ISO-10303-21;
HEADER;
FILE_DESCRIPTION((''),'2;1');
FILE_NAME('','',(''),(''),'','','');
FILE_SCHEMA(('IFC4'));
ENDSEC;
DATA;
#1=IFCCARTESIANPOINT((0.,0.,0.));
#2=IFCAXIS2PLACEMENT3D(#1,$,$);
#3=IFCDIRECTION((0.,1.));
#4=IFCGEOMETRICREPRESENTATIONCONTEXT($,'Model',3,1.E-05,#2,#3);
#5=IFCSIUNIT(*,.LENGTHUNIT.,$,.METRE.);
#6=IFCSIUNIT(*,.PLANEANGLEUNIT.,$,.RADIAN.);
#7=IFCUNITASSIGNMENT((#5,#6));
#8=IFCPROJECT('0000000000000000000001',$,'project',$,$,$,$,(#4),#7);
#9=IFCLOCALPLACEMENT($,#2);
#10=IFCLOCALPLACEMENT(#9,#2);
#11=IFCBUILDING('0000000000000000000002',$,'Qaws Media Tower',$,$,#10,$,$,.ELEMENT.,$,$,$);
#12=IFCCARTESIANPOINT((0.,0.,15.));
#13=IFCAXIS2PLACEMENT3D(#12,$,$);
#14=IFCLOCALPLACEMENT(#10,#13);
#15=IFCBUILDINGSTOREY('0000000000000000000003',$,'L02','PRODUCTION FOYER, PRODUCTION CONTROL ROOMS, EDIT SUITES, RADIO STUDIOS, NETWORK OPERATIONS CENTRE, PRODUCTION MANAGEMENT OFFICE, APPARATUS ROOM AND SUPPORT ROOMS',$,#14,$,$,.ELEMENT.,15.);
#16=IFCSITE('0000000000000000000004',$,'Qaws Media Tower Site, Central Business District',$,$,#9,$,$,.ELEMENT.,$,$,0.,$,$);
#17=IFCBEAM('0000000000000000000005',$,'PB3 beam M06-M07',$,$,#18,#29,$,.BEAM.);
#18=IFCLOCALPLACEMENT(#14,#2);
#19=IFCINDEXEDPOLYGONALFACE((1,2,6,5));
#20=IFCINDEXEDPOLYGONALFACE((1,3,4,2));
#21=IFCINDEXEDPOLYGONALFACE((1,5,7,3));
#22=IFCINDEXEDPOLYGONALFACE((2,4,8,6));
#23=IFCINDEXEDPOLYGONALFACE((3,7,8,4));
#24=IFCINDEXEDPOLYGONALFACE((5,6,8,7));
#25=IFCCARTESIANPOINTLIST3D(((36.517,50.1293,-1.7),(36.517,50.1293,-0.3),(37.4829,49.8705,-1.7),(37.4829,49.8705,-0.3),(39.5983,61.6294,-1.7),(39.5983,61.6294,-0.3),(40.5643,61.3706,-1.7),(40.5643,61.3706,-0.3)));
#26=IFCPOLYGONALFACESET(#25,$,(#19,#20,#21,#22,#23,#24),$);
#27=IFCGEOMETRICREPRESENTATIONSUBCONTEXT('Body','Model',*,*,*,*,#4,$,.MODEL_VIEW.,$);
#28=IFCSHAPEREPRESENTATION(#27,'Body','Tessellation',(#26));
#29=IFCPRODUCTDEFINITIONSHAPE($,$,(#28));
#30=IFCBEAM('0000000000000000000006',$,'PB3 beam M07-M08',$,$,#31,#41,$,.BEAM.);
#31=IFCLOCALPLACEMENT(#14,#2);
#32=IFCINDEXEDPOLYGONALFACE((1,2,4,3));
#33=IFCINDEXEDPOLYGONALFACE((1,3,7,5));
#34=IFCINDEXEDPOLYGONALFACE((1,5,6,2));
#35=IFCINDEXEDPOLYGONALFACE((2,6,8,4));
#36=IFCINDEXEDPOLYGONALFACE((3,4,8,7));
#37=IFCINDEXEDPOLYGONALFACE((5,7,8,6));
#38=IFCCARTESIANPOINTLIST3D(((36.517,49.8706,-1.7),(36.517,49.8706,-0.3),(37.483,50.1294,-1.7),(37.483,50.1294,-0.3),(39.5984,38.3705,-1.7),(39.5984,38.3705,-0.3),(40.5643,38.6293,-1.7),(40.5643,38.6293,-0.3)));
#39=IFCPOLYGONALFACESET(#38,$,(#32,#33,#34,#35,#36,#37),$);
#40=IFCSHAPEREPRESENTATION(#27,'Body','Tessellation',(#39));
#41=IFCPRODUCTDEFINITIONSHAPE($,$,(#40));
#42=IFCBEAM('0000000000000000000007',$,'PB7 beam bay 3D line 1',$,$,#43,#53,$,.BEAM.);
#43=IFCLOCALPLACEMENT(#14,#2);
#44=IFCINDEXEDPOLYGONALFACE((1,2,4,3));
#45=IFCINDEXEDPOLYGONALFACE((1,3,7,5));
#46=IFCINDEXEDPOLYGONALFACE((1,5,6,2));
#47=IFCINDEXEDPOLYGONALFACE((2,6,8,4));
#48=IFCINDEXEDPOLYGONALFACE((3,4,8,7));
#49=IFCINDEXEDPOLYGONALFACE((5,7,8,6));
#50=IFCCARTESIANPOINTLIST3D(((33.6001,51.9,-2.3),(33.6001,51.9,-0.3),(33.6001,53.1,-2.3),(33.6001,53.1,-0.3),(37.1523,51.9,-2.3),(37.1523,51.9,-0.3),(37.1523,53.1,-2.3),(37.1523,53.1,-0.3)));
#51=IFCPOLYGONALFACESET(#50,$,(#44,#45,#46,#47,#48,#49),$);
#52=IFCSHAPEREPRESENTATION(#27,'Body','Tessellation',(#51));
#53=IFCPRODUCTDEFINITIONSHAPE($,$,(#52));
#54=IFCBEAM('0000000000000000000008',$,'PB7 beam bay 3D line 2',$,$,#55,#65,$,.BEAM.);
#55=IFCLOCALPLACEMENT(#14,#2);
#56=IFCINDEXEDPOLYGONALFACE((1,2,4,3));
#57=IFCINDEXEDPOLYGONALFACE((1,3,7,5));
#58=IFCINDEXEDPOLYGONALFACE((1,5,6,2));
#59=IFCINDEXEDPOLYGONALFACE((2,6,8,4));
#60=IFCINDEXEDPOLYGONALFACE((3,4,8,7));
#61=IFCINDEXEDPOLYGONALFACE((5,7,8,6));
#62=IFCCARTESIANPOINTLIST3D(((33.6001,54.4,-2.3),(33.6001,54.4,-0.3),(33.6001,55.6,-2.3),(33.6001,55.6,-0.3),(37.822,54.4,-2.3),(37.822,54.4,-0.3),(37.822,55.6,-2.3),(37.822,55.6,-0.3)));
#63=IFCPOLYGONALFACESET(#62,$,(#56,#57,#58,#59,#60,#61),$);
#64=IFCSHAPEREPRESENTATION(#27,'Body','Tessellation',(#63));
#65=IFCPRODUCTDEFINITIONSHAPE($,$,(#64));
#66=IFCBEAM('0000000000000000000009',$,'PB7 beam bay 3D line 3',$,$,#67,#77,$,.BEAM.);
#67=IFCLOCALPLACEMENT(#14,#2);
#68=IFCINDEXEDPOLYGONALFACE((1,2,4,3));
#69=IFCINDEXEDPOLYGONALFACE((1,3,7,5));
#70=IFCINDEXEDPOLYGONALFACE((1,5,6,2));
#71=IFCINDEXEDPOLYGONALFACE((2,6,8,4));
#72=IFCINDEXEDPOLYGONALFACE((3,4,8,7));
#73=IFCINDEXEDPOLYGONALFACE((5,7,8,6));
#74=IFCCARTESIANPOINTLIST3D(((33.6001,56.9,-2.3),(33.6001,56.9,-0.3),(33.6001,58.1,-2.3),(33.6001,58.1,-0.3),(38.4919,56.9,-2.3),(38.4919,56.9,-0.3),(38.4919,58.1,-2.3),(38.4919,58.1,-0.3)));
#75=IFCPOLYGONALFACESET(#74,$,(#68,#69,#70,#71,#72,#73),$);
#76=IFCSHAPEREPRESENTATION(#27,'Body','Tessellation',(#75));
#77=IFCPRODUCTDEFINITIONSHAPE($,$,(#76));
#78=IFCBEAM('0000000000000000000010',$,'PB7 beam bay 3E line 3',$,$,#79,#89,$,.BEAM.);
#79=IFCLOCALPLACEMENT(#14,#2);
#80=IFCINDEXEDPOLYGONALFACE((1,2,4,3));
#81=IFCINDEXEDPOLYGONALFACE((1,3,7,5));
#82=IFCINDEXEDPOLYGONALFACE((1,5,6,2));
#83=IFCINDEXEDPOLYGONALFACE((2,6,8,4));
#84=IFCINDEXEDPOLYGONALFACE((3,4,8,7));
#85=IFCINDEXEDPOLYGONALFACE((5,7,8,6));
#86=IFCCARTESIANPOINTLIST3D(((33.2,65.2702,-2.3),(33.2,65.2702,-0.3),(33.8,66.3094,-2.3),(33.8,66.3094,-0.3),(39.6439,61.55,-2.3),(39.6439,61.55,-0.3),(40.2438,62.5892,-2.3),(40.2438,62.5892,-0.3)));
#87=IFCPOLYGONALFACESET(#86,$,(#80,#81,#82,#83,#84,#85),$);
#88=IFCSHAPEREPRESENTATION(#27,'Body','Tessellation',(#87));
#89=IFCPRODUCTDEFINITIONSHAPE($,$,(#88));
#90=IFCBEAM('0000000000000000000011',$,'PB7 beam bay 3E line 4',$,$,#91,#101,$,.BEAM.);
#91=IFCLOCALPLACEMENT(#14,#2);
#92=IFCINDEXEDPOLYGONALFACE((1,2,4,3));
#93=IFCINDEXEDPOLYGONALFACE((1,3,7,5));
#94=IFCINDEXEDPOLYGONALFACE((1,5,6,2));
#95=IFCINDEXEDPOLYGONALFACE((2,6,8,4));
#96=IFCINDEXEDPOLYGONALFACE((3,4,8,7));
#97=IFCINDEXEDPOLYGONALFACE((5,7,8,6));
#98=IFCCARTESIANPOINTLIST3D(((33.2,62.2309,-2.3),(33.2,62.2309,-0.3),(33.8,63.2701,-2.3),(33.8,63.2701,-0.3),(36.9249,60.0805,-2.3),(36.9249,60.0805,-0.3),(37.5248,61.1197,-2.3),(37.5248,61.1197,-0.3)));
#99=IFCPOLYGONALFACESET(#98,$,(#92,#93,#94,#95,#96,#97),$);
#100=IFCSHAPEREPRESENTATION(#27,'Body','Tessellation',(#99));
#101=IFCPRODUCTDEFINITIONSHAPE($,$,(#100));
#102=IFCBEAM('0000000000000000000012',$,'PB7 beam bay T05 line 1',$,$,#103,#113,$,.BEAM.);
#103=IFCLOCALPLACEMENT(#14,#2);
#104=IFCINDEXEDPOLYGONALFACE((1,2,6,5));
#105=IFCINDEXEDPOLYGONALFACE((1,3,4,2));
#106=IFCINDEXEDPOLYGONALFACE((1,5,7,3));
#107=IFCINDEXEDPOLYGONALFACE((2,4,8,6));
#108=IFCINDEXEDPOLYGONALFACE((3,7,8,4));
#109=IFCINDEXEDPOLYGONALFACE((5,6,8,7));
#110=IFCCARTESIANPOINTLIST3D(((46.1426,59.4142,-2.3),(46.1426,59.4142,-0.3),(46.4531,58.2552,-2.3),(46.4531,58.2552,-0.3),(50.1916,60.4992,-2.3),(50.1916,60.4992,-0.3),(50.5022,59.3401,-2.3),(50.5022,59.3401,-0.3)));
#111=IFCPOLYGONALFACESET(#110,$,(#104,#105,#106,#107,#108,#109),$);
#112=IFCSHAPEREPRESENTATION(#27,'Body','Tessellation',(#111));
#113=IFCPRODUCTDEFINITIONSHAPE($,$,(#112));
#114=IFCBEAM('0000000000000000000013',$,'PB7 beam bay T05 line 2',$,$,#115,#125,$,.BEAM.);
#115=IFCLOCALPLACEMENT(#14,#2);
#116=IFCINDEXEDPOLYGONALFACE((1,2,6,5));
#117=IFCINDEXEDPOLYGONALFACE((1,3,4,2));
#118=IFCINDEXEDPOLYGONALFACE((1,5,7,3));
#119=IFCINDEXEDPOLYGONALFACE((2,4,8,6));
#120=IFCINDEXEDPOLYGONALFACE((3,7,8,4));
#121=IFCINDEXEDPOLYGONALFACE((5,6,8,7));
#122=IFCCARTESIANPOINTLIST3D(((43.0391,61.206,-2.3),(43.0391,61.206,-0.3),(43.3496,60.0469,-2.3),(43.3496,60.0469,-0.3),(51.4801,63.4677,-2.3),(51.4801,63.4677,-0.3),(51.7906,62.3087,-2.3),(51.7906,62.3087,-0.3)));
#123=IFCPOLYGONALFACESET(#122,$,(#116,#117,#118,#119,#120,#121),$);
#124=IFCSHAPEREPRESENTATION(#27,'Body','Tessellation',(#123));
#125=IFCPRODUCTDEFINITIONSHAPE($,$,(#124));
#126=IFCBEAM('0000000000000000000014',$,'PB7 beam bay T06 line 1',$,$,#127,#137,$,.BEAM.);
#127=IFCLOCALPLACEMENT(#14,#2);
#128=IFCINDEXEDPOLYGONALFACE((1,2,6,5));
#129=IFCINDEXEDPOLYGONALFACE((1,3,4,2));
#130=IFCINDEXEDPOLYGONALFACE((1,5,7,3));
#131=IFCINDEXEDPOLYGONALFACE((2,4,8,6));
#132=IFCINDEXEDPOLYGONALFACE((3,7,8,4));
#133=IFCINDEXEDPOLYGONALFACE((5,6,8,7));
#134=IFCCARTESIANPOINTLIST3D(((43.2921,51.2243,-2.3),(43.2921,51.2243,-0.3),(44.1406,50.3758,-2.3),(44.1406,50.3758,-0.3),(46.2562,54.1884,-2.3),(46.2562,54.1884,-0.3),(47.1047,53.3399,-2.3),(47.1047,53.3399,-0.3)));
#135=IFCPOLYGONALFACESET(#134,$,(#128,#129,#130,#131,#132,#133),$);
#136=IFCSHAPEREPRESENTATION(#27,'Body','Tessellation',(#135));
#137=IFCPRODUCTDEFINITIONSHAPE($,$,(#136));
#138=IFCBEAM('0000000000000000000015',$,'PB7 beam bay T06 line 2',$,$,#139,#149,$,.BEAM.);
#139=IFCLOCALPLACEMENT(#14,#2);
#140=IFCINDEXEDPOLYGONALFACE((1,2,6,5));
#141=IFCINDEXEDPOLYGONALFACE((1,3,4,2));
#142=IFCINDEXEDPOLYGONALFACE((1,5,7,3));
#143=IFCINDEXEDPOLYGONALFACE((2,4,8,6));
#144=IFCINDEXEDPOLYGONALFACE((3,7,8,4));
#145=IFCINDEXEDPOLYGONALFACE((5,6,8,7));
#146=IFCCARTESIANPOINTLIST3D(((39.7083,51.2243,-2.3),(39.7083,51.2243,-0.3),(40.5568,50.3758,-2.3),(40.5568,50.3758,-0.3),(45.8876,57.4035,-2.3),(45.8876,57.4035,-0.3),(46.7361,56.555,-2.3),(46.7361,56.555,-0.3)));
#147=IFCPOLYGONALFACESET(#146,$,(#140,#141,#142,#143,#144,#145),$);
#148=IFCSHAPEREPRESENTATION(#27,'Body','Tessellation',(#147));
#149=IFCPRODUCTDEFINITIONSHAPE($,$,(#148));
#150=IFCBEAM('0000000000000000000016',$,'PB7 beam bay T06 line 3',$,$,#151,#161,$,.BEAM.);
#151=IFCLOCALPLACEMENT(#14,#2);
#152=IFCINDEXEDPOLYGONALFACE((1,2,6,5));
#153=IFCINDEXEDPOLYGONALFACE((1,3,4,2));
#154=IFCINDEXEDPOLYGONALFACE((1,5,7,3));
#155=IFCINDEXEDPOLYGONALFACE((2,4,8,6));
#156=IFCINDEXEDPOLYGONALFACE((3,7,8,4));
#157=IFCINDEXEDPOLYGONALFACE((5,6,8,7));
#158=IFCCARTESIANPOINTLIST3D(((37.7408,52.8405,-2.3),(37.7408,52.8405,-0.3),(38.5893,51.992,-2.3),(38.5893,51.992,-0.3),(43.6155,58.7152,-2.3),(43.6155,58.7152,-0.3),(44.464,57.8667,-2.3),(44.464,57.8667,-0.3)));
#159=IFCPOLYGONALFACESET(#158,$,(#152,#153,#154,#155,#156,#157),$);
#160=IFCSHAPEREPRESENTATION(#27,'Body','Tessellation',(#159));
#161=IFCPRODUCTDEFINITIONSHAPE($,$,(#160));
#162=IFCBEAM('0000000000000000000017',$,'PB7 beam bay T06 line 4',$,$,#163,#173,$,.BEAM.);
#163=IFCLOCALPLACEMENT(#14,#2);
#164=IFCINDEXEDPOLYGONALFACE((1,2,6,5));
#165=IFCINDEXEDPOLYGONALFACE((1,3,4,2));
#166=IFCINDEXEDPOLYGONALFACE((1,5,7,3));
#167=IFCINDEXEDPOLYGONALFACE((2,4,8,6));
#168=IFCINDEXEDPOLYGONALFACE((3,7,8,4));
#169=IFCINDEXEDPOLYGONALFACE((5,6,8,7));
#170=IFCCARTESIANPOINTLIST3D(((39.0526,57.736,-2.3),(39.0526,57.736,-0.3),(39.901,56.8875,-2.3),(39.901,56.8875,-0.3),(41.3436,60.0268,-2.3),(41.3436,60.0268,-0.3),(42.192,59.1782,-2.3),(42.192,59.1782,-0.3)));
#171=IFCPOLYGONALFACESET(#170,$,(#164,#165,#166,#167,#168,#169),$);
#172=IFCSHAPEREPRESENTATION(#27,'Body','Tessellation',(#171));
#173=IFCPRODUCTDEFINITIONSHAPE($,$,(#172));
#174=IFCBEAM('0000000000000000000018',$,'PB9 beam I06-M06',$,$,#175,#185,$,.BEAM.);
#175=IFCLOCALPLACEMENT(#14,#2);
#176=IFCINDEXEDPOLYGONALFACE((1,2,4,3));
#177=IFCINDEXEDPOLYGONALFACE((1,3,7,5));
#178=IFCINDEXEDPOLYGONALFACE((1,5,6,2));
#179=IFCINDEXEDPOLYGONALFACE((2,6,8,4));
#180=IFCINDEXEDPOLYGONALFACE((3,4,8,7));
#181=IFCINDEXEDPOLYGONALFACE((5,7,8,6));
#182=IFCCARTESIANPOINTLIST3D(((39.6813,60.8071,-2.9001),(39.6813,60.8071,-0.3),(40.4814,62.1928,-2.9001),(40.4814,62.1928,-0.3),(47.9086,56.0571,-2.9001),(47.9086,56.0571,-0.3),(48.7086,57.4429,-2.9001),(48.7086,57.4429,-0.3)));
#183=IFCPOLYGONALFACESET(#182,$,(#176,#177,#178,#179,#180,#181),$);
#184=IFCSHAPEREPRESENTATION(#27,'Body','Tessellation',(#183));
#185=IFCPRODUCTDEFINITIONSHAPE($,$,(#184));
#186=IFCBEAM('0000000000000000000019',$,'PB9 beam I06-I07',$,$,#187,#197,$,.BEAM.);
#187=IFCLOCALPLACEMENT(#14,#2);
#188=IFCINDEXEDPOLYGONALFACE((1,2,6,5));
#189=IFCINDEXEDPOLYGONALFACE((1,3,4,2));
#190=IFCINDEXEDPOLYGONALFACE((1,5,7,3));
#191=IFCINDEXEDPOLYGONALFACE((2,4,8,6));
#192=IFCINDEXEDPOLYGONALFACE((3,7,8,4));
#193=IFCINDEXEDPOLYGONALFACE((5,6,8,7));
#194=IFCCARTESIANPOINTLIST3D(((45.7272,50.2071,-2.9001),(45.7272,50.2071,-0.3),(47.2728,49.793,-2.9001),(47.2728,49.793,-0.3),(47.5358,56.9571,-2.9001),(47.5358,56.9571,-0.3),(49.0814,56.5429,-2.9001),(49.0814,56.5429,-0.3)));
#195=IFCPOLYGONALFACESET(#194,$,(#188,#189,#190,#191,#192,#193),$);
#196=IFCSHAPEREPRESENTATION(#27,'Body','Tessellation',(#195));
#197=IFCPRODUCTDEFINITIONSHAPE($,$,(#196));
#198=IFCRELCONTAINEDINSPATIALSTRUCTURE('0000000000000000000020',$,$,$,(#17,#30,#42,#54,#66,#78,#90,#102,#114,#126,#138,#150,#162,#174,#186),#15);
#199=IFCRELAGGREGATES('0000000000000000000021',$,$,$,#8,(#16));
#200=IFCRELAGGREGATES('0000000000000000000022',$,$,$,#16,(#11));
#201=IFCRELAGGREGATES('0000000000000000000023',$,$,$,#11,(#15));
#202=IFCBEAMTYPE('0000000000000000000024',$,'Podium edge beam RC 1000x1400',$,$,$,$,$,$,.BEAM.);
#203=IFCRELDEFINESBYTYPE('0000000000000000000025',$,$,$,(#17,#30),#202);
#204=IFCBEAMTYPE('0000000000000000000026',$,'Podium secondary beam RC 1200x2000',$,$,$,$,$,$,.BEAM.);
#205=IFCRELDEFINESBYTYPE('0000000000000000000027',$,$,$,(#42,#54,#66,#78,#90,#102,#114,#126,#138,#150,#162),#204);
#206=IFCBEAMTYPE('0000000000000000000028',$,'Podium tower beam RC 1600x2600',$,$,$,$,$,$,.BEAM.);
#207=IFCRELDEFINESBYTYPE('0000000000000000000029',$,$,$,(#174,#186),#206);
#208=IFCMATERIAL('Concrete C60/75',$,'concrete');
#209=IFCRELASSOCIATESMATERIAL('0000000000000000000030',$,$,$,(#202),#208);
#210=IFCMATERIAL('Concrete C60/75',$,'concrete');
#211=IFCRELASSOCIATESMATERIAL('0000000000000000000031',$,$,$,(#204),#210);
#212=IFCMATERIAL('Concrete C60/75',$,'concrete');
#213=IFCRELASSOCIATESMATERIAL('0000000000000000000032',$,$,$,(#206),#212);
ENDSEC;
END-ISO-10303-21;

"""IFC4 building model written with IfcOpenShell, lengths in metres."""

from ifc_helpers import new_model, si_unit, direction, frame, origin, origin_2d, place, context, subcontext, project, spatial, rectangle, extrude, material, material_profile, profile_set, type_object, element, save


model = new_model("IFC4")

# Units and contexts
model_context = context("Model", 3, precision=1e-05, world=origin(), true_north=direction((0.0, 1.0)))
body_context = subcontext(model_context, "Body", "Model", "MODEL_VIEW")
ifc_project = project(units=[si_unit("LENGTHUNIT", "METRE"), si_unit("PLANEANGLEUNIT", "RADIAN")], contexts=[model_context])

# Site, building, storey
site_placement = place(None, origin())
site = spatial("IfcSite", under=ifc_project, at=site_placement, Name="Qaws Media Tower Site, Central Business District", CompositionType="ELEMENT", RefElevation=0.0)
building_placement = place(site_placement, origin())
building = spatial("IfcBuilding", under=site, at=building_placement, Name="Qaws Media Tower", CompositionType="ELEMENT")
storey_placement = place(building_placement, frame((0.0, 0.0, 15.0)))
storey = spatial("IfcBuildingStorey", under=building, at=storey_placement, Name="L02", Description="PRODUCTION FOYER, PRODUCTION CONTROL ROOMS, EDIT SUITES, RADIO STUDIOS, NETWORK OPERATIONS CENTRE, PRODUCTION MANAGEMENT OFFICE, APPARATUS ROOM AND SUPPORT ROOMS", CompositionType="ELEMENT", Elevation=15.0)

# Beams
ifc_material_1 = material(Name="Concrete C60/75", Category="concrete")
ifc_material_profile_1 = material_profile(ifc_material_1, rectangle(XDim=1.0, YDim=1.3999, at=origin_2d()), Name="RC 1000x1400")
ifc_profile_set_1 = profile_set([ifc_material_profile_1], Name="Concrete C60/75")
beam_type_1 = type_object("IfcBeamType", Name="Podium edge beam RC 1000x1400", PredefinedType="BEAM", material=ifc_profile_set_1)
for number, where, z_axis, x_axis, name in (
    (1, (40.0813, 61.5, -1.0), (-0.25881, -0.965928, 0.0), (0.965928, -0.25881, 0.0), "PB3 beam M06-M07"),
    (2, (37.0, 50.0, -1.0), (0.25881, -0.965928, 0.0), (0.965928, 0.25881, 0.0), "PB3 beam M07-M08"),
):
    element("IfcBeam", number, at=place(storey_placement, frame(where, z_axis=z_axis, x_axis=x_axis)), inside=storey, type_object=beam_type_1, Name=name, PredefinedType="BEAM", context=body_context, shape_type="SweptSolid", body=[
        extrude(rectangle(XDim=1.0, YDim=1.3999, at=origin_2d()), origin(), (0.0, 0.0, 1.0), 11.9058),
    ])
ifc_material_2 = material(Name="Concrete C60/75", Category="concrete")
ifc_material_profile_2 = material_profile(ifc_material_2, rectangle(XDim=1.2, YDim=2.0, at=origin_2d()), Name="RC 1200x2000")
ifc_profile_set_2 = profile_set([ifc_material_profile_2], Name="Concrete C60/75")
beam_type_2 = type_object("IfcBeamType", Name="Podium secondary beam RC 1200x2000", PredefinedType="BEAM", material=ifc_profile_set_2)
beam_1_placement = place(storey_placement, frame((33.6001, 52.5, -1.3), z_axis=(1.0, 0.0, 0.0), x_axis=(0.0, 1.0, 0.0)))
element("IfcBeam", 3, at=beam_1_placement, inside=storey, type_object=beam_type_2, Name="PB7 beam bay 3D line 1", PredefinedType="BEAM", context=body_context, shape_type="SweptSolid", body=[
    extrude(rectangle(XDim=1.2, YDim=2.0, at=origin_2d()), origin(), (0.0, 0.0, 1.0), 3.5522),
])
beam_2_placement = place(storey_placement, frame((33.6001, 55.0, -1.3), z_axis=(1.0, 0.0, 0.0), x_axis=(0.0, 1.0, 0.0)))
element("IfcBeam", 4, at=beam_2_placement, inside=storey, type_object=beam_type_2, Name="PB7 beam bay 3D line 2", PredefinedType="BEAM", context=body_context, shape_type="SweptSolid", body=[
    extrude(rectangle(XDim=1.2, YDim=2.0, at=origin_2d()), origin(), (0.0, 0.0, 1.0), 4.2219),
])
beam_3_placement = place(storey_placement, frame((33.6001, 57.5, -1.3), z_axis=(1.0, 0.0, 0.0), x_axis=(0.0, 1.0, 0.0)))
element("IfcBeam", 5, at=beam_3_placement, inside=storey, type_object=beam_type_2, Name="PB7 beam bay 3D line 3", PredefinedType="BEAM", context=body_context, shape_type="SweptSolid", body=[
    extrude(rectangle(XDim=1.2, YDim=2.0, at=origin_2d()), origin(), (0.0, 0.0, 1.0), 4.8918),
])
beam_4_placement = place(storey_placement, frame((39.9438, 62.0696, -1.3), z_axis=(-0.866034, 0.499986, 0.0), x_axis=(-0.499986, -0.866034, 0.0)))
element("IfcBeam", 6, at=beam_4_placement, inside=storey, type_object=beam_type_2, Name="PB7 beam bay 3E line 3", PredefinedType="BEAM", context=body_context, shape_type="SweptSolid", body=[
    extrude(rectangle(XDim=1.2, YDim=2.0, at=origin_2d()), origin(), (0.0, 0.0, 1.0), 7.4407),
])
beam_5_placement = place(storey_placement, frame((37.2249, 60.6001, -1.3), z_axis=(-0.866041, 0.499973, 0.0), x_axis=(-0.499973, -0.866041, 0.0)))
element("IfcBeam", 7, at=beam_5_placement, inside=storey, type_object=beam_type_2, Name="PB7 beam bay 3E line 4", PredefinedType="BEAM", context=body_context, shape_type="SweptSolid", body=[
    extrude(rectangle(XDim=1.2, YDim=2.0, at=origin_2d()), origin(), (0.0, 0.0, 1.0), 4.301),
])
beam_6_placement = place(storey_placement, frame((46.2979, 58.8347, -1.3), z_axis=(0.965925, 0.258822, 0.0), x_axis=(-0.258822, 0.965925, 0.0)))
element("IfcBeam", 8, at=beam_6_placement, inside=storey, type_object=beam_type_2, Name="PB7 beam bay T05 line 1", PredefinedType="BEAM", context=body_context, shape_type="SweptSolid", body=[
    extrude(rectangle(XDim=1.2, YDim=2.0, at=origin_2d()), origin(), (0.0, 0.0, 1.0), 4.1919),
])
beam_7_placement = place(storey_placement, frame((43.1943, 60.6265, -1.3), z_axis=(0.965926, 0.258817, 0.0), x_axis=(-0.258817, 0.965926, 0.0)))
element("IfcBeam", 9, at=beam_7_placement, inside=storey, type_object=beam_type_2, Name="PB7 beam bay T05 line 2", PredefinedType="BEAM", context=body_context, shape_type="SweptSolid", body=[
    extrude(rectangle(XDim=1.2, YDim=2.0, at=origin_2d()), origin(), (0.0, 0.0, 1.0), 8.7388),
])
beam_8_placement = place(storey_placement, frame((43.7163, 50.8, -1.3), z_axis=(0.707107, 0.707107, 0.0), x_axis=(-0.707107, 0.707107, 0.0)))
element("IfcBeam", 10, at=beam_8_placement, inside=storey, type_object=beam_type_2, Name="PB7 beam bay T06 line 1", PredefinedType="BEAM", context=body_context, shape_type="SweptSolid", body=[
    extrude(rectangle(XDim=1.2, YDim=2.0, at=origin_2d()), origin(), (0.0, 0.0, 1.0), 4.1919),
])
beam_9_placement = place(storey_placement, frame((40.1326, 50.8, -1.3), z_axis=(0.707107, 0.707107, 0.0), x_axis=(-0.707107, 0.707107, 0.0)))
element("IfcBeam", 11, at=beam_9_placement, inside=storey, type_object=beam_type_2, Name="PB7 beam bay T06 line 2", PredefinedType="BEAM", context=body_context, shape_type="SweptSolid", body=[
    extrude(rectangle(XDim=1.2, YDim=2.0, at=origin_2d()), origin(), (0.0, 0.0, 1.0), 8.7388),
])
beam_10_placement = place(storey_placement, frame((38.165, 52.4163, -1.3), z_axis=(0.707107, 0.707107, 0.0), x_axis=(-0.707107, 0.707107, 0.0)))
element("IfcBeam", 12, at=beam_10_placement, inside=storey, type_object=beam_type_2, Name="PB7 beam bay T06 line 3", PredefinedType="BEAM", context=body_context, shape_type="SweptSolid", body=[
    extrude(rectangle(XDim=1.2, YDim=2.0, at=origin_2d()), origin(), (0.0, 0.0, 1.0), 8.3081),
])
beam_11_placement = place(storey_placement, frame((39.4768, 57.3118, -1.3), z_axis=(0.707144, 0.707069, 0.0), x_axis=(-0.707069, 0.707144, 0.0)))
element("IfcBeam", 13, at=beam_11_placement, inside=storey, type_object=beam_type_2, Name="PB7 beam bay T06 line 4", PredefinedType="BEAM", context=body_context, shape_type="SweptSolid", body=[
    extrude(rectangle(XDim=1.2, YDim=2.0, at=origin_2d()), origin(), (0.0, 0.0, 1.0), 3.2397),
])
ifc_material_3 = material(Name="Concrete C60/75", Category="concrete")
ifc_material_profile_3 = material_profile(ifc_material_3, rectangle(XDim=1.6001, YDim=2.6001, at=origin_2d()), Name="RC 1600x2600")
ifc_profile_set_3 = profile_set([ifc_material_profile_3], Name="Concrete C60/75")
beam_type_3 = type_object("IfcBeamType", Name="Podium tower beam RC 1600x2600", PredefinedType="BEAM", material=ifc_profile_set_3)
beam_12_placement = place(storey_placement, frame((48.3086, 56.75, -1.6001), z_axis=(-0.866027, 0.499998, 0.0), x_axis=(-0.499998, -0.866027, 0.0)))
element("IfcBeam", 14, at=beam_12_placement, inside=storey, type_object=beam_type_3, Name="PB9 beam I06-M06", PredefinedType="BEAM", context=body_context, shape_type="SweptSolid", body=[
    extrude(rectangle(XDim=1.6001, YDim=2.6001, at=origin_2d()), origin(), (0.0, 0.0, 1.0), 9.5),
])
beam_13_placement = place(storey_placement, frame((48.3086, 56.75, -1.6001), z_axis=(-0.258811, -0.965928, 0.0), x_axis=(0.965928, -0.258811, 0.0)))
element("IfcBeam", 15, at=beam_13_placement, inside=storey, type_object=beam_type_3, Name="PB9 beam I06-I07", PredefinedType="BEAM", context=body_context, shape_type="SweptSolid", body=[
    extrude(rectangle(XDim=1.6001, YDim=2.6001, at=origin_2d()), origin(), (0.0, 0.0, 1.0), 6.988),
])

save(model, "model.ifc")
